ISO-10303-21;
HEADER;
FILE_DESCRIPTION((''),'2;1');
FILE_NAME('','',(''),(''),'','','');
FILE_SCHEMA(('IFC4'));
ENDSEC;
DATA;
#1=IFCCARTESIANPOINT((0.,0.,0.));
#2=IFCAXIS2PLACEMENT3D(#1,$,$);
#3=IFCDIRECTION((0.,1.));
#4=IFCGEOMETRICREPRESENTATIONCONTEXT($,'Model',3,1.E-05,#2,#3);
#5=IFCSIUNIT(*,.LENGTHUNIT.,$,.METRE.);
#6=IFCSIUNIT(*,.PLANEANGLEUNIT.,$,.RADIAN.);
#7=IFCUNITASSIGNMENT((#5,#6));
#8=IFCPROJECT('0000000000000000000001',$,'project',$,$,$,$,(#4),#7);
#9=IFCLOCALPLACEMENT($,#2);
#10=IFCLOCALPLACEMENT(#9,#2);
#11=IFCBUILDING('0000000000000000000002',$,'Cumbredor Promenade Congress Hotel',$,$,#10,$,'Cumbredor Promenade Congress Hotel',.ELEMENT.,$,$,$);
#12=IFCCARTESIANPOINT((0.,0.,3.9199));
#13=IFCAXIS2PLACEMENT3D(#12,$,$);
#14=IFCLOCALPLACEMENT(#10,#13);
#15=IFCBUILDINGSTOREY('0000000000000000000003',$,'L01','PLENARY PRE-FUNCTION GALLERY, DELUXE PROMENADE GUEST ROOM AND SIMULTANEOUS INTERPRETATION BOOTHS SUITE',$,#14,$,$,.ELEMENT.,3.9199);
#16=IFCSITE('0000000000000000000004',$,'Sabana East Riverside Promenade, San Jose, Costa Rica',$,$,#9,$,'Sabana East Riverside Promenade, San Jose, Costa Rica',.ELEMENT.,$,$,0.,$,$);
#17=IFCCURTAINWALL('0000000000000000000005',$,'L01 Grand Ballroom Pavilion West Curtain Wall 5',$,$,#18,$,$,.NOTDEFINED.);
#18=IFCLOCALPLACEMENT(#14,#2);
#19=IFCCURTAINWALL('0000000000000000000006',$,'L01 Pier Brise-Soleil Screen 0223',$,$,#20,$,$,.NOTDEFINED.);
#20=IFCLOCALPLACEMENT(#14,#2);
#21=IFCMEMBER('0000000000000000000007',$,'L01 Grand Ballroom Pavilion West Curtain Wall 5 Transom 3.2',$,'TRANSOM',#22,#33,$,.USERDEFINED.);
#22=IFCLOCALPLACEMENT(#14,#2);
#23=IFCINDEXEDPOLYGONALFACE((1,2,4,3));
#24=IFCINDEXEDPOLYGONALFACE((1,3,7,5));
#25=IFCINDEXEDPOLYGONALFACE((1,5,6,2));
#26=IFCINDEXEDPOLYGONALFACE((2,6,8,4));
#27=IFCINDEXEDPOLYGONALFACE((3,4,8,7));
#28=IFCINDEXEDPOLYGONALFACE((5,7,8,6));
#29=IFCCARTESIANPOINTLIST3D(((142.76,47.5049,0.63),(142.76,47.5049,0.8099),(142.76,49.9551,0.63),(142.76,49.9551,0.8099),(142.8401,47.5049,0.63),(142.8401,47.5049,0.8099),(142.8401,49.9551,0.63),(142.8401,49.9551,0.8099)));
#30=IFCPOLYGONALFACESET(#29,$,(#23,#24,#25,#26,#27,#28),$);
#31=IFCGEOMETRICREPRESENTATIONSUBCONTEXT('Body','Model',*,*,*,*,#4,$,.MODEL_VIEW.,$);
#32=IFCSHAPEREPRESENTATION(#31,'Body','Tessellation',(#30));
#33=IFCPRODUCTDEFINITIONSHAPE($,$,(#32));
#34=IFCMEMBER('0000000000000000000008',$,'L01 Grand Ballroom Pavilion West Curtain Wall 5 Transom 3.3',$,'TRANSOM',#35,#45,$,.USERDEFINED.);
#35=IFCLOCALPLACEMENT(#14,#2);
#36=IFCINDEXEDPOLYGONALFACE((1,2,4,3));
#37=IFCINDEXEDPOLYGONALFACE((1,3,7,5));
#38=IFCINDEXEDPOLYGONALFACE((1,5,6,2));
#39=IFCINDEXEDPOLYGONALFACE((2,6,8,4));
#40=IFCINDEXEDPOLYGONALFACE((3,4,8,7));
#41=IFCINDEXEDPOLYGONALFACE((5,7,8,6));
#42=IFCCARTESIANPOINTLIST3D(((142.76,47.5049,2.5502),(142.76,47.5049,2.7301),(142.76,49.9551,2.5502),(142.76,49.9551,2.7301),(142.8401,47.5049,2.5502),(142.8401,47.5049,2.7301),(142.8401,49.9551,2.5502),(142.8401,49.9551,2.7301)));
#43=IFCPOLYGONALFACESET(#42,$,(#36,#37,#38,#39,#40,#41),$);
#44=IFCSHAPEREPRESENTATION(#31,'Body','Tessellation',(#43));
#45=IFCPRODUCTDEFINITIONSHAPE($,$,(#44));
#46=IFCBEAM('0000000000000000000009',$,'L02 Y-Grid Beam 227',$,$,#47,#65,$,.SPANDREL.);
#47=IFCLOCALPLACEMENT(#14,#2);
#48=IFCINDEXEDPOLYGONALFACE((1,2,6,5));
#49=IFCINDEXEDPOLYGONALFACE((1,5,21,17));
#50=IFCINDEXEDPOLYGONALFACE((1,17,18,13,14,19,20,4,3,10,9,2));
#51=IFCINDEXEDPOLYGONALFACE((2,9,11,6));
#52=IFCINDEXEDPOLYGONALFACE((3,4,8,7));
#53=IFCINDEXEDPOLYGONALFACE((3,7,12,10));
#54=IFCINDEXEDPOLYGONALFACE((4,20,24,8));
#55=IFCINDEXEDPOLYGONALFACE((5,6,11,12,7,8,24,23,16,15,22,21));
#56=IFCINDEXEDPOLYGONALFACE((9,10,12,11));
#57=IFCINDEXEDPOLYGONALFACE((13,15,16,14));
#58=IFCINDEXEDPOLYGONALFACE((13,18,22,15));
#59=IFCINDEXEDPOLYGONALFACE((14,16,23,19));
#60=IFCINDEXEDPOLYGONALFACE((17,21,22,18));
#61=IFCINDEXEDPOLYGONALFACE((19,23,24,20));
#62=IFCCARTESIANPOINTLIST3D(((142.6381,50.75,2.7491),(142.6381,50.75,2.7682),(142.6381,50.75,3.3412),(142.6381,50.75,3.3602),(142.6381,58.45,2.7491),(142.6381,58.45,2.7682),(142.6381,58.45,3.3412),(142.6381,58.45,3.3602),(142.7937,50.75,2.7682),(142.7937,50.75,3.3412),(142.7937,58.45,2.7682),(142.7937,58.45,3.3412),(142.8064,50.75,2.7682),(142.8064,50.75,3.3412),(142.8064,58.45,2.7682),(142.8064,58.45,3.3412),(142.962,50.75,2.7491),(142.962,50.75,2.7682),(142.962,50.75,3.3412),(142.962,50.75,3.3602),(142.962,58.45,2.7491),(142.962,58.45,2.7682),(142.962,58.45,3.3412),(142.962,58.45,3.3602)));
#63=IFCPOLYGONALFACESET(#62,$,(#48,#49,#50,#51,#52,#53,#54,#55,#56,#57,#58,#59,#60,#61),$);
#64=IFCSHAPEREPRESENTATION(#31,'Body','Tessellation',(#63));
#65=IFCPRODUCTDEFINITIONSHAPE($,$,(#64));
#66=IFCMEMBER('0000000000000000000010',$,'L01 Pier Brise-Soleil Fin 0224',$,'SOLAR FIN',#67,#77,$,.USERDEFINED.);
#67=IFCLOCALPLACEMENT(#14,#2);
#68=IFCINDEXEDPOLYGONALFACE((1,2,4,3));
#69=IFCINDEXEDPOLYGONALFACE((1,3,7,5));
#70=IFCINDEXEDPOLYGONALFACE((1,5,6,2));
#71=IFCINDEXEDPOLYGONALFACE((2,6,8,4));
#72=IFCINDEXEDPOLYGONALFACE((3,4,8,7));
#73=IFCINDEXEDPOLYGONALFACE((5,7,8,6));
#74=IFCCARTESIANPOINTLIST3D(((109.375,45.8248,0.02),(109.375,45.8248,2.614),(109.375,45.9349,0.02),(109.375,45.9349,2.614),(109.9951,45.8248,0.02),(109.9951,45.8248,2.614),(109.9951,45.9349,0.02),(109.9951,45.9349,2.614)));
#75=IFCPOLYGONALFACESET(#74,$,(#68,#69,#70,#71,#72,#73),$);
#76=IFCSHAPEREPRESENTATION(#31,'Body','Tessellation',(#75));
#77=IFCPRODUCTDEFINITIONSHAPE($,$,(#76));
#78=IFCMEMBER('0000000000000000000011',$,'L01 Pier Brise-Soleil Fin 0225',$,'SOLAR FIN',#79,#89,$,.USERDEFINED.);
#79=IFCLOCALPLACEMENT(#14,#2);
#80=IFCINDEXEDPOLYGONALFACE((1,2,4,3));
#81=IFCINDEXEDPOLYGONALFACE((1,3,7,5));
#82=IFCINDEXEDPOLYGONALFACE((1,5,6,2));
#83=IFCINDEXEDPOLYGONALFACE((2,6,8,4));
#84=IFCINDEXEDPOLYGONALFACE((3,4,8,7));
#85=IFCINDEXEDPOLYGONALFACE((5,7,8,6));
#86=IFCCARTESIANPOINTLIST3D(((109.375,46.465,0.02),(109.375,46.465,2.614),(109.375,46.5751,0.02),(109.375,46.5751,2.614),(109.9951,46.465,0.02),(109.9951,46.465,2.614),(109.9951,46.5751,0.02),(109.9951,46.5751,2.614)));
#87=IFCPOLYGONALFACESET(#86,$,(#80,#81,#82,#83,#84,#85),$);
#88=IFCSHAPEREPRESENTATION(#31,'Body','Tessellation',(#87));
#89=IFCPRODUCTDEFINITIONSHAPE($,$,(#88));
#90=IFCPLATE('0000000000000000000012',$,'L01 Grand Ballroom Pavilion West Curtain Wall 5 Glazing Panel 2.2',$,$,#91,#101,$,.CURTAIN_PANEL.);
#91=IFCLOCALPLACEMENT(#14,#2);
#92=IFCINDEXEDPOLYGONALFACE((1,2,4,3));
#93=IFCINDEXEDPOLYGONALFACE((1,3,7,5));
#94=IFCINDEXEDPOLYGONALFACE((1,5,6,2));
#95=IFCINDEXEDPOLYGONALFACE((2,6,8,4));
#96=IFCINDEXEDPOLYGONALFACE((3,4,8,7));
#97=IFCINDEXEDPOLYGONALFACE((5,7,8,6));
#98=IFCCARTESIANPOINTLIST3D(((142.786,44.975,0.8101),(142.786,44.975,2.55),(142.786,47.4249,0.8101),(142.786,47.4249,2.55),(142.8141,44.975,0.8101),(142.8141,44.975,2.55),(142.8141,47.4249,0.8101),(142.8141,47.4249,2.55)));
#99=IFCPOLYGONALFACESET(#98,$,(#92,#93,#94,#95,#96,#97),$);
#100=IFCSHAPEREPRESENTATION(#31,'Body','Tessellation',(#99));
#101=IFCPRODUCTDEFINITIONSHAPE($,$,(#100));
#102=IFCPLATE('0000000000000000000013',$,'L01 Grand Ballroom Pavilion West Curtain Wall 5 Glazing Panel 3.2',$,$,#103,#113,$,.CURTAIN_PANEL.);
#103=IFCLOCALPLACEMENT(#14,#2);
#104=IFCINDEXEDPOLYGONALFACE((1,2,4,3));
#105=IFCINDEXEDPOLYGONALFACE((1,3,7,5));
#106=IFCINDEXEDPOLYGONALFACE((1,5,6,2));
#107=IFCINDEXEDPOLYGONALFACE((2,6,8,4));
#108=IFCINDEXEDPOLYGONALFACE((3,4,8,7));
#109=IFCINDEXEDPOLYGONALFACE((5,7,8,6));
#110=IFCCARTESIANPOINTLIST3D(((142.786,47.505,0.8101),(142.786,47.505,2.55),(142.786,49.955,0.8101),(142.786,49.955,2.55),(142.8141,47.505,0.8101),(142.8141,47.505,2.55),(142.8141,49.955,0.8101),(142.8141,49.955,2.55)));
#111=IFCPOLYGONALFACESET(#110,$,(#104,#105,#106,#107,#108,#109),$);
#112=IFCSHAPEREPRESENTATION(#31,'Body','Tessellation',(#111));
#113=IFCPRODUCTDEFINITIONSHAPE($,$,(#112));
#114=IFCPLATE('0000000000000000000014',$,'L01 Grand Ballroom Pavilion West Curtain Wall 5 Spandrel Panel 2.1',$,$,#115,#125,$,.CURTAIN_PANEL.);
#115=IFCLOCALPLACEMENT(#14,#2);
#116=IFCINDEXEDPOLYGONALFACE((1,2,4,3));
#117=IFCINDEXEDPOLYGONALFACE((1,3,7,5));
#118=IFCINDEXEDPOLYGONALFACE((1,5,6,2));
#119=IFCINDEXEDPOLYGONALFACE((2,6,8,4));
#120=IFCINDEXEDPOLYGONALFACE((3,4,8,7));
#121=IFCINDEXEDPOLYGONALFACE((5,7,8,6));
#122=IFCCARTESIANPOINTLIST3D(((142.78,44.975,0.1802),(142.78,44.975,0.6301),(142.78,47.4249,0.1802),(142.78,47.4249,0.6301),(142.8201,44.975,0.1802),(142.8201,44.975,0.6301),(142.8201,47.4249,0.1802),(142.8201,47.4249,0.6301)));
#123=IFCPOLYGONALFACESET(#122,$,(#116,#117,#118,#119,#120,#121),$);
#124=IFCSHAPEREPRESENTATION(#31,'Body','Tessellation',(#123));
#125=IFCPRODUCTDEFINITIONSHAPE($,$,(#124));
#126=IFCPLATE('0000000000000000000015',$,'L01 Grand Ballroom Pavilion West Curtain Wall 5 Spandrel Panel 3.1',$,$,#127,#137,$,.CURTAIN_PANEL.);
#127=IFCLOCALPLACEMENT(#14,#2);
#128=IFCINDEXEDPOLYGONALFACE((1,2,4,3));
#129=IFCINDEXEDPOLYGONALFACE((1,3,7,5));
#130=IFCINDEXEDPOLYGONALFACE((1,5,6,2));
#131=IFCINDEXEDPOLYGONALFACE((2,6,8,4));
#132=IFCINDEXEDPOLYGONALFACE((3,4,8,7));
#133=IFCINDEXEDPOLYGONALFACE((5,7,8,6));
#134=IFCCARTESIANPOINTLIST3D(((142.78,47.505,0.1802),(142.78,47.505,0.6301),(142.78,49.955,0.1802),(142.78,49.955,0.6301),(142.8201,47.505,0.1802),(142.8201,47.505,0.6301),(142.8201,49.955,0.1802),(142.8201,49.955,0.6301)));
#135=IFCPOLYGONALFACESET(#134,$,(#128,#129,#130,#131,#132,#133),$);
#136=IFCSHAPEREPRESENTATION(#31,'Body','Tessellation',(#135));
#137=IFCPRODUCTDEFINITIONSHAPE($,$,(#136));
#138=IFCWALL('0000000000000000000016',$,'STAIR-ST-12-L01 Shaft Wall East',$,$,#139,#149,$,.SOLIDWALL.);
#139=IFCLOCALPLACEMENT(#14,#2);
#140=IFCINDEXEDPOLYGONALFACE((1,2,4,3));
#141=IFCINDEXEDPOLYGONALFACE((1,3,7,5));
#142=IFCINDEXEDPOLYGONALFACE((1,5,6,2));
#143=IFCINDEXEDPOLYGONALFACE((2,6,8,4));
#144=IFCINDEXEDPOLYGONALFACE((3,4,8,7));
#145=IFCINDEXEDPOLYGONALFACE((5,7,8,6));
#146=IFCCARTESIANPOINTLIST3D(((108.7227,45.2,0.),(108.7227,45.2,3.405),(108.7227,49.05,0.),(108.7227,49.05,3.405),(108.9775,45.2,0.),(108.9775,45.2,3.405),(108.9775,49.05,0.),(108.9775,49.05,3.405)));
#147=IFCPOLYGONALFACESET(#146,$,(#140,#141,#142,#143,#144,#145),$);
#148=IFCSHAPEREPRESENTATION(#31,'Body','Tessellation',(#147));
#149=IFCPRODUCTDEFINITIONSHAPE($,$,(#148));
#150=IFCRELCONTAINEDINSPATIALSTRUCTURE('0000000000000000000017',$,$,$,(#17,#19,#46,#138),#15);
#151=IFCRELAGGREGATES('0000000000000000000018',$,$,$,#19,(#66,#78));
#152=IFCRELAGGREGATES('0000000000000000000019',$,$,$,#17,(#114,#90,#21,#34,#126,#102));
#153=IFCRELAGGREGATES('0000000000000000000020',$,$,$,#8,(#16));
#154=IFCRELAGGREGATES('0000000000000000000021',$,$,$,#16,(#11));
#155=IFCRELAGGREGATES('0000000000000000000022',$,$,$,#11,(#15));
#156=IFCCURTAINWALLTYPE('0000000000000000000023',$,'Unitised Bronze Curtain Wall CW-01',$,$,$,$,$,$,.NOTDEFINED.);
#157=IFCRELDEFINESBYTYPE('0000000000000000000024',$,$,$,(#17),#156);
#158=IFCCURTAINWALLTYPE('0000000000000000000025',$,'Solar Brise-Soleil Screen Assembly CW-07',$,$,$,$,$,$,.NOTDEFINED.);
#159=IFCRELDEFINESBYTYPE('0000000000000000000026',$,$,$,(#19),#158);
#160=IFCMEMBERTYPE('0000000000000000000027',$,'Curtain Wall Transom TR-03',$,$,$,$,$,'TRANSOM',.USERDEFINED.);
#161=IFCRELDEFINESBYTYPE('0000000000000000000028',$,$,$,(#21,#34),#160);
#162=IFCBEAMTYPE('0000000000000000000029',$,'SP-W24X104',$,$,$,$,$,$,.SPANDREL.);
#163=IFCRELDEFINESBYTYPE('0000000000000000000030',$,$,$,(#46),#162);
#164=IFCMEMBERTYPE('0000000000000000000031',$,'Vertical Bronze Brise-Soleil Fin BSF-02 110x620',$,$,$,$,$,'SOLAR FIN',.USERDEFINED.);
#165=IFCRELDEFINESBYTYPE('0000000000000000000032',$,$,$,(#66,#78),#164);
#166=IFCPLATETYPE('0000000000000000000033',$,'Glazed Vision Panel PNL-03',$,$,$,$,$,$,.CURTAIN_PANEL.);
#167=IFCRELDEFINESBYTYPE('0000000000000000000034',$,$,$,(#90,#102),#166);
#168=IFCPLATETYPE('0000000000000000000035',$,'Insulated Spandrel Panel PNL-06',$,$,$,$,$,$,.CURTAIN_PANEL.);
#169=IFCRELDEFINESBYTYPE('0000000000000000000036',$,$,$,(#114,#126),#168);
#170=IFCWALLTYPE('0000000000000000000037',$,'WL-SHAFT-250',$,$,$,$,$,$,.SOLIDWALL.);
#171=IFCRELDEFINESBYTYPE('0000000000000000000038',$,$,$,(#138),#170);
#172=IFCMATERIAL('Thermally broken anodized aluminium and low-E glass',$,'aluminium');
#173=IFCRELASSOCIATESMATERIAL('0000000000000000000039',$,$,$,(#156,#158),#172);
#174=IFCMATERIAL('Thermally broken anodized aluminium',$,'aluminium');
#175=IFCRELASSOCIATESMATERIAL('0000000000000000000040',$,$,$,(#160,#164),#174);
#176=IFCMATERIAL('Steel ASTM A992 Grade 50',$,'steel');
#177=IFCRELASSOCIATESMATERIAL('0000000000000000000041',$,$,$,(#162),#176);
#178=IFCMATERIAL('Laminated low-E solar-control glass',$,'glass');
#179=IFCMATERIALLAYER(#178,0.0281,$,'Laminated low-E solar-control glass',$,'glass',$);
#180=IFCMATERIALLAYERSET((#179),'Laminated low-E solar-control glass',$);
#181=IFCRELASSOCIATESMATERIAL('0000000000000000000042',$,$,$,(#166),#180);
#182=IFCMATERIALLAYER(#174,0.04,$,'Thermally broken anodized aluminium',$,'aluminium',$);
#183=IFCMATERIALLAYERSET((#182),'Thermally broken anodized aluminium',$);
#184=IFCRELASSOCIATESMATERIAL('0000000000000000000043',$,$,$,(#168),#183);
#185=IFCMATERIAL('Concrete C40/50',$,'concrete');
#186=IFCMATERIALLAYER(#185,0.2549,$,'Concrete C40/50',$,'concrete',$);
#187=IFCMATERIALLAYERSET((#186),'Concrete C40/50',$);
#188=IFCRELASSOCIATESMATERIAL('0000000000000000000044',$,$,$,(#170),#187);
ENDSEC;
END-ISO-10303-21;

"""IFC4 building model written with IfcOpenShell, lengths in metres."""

from ifc_helpers import new_model, si_unit, direction, frame, frame_2d, origin, origin_2d, place, context, subcontext, project, spatial, rectangle, i_section, extrude, material, layer, layer_set, material_profile, profile_set, type_object, element, aggregate, save


model = new_model("IFC4")

# Units and contexts
model_context = context("Model", 3, precision=1e-05, world=origin(), true_north=direction((0.0, 1.0)))
body_context = subcontext(model_context, "Body", "Model", "MODEL_VIEW")
ifc_project = project(units=[si_unit("LENGTHUNIT", "METRE"), si_unit("PLANEANGLEUNIT", "RADIAN")], contexts=[model_context])

# Site, building, storey
site_placement = place(None, origin())
site = spatial("IfcSite", under=ifc_project, at=site_placement, Name="Sabana East Riverside Promenade, San Jose, Costa Rica", LongName="Sabana East Riverside Promenade, San Jose, Costa Rica", CompositionType="ELEMENT", RefElevation=0.0)
building_placement = place(site_placement, origin())
building = spatial("IfcBuilding", under=site, at=building_placement, Name="Cumbredor Promenade Congress Hotel", LongName="Cumbredor Promenade Congress Hotel", CompositionType="ELEMENT")
storey_placement = place(building_placement, frame((0.0, 0.0, 3.9199)))
storey = spatial("IfcBuildingStorey", under=building, at=storey_placement, Name="L01", Description="PLENARY PRE-FUNCTION GALLERY, DELUXE PROMENADE GUEST ROOM AND SIMULTANEOUS INTERPRETATION BOOTHS SUITE", CompositionType="ELEMENT", Elevation=3.9199)

# Shared definitions
ifc_material_1 = material(Name="Concrete C40/50", Category="concrete")

# Shared definitions
ifc_material_2 = material(Name="Thermally broken anodized aluminium and low-E glass", Category="aluminium")
curtain_wall_type_1 = type_object("IfcCurtainWallType", Name="Unitised Bronze Curtain Wall CW-01", PredefinedType="NOTDEFINED", material=ifc_material_2)
ifc_material_3 = material(Name="Thermally broken anodized aluminium", Category="aluminium")

# Curtain wall
curtain_wall_1_placement = place(storey_placement, origin())
curtain_wall_1 = element("IfcCurtainWall", 1, at=curtain_wall_1_placement, inside=storey, type_object=curtain_wall_type_1, Name="L01 Grand Ballroom Pavilion West Curtain Wall 5", PredefinedType="NOTDEFINED")

# Curtain wall
curtain_wall_type_2 = type_object("IfcCurtainWallType", Name="Solar Brise-Soleil Screen Assembly CW-07", PredefinedType="NOTDEFINED", material=ifc_material_2)
curtain_wall_2_placement = place(storey_placement, origin())
curtain_wall_2 = element("IfcCurtainWall", 2, at=curtain_wall_2_placement, inside=storey, type_object=curtain_wall_type_2, Name="L01 Pier Brise-Soleil Screen 0223", PredefinedType="NOTDEFINED")

# Members
ifc_material_profile_1 = material_profile(ifc_material_3, rectangle(XDim=0.0801, YDim=0.1799, at=origin_2d()), Name="ALU TRANSOM 80x180")
ifc_profile_set_1 = profile_set([ifc_material_profile_1], Name="Thermally broken anodized aluminium")
member_type_1 = type_object("IfcMemberType", Name="Curtain Wall Transom TR-03", ElementType="TRANSOM", PredefinedType="USERDEFINED", material=ifc_profile_set_1)
member_1_placement = place(storey_placement, frame((142.8, 47.5049, 0.72), z_axis=(0.0, 1.0, 0.0), x_axis=(-1.0, 0.0, 0.0)))
member_1 = element("IfcMember", 3, at=member_1_placement, type_object=member_type_1, Name="L01 Grand Ballroom Pavilion West Curtain Wall 5 Transom 3.2", ObjectType="TRANSOM", PredefinedType="USERDEFINED", context=body_context, shape_type="SweptSolid", body=[
    extrude(rectangle(XDim=0.0801, YDim=0.1799, at=origin_2d()), origin(), (0.0, 0.0, 1.0), 2.4502),
])
member_2_placement = place(storey_placement, frame((142.8, 47.5049, 2.6401), z_axis=(0.0, 1.0, 0.0), x_axis=(-1.0, 0.0, 0.0)))
member_2 = element("IfcMember", 4, at=member_2_placement, type_object=member_type_1, Name="L01 Grand Ballroom Pavilion West Curtain Wall 5 Transom 3.3", ObjectType="TRANSOM", PredefinedType="USERDEFINED", context=body_context, shape_type="SweptSolid", body=[
    extrude(rectangle(XDim=0.0801, YDim=0.1799, at=origin_2d()), origin(), (0.0, 0.0, 1.0), 2.4502),
])

# Beam
ifc_material_4 = material(Name="Steel ASTM A992 Grade 50", Category="steel")
ifc_material_profile_2 = material_profile(ifc_material_4, i_section(OverallWidth=0.324, OverallDepth=0.6111, WebThickness=0.0127, FlangeThickness=0.019, at=origin_2d()), Name="W24X104")
ifc_profile_set_2 = profile_set([ifc_material_profile_2], Name="Steel ASTM A992 Grade 50")
beam_type = type_object("IfcBeamType", Name="SP-W24X104", PredefinedType="SPANDREL", material=ifc_profile_set_2)
beam_placement = place(storey_placement, frame((142.8, 50.75, 3.0547), z_axis=(0.0, 1.0, 0.0), x_axis=(-1.0, 0.0, 0.0)))
element("IfcBeam", 5, at=beam_placement, inside=storey, type_object=beam_type, Name="L02 Y-Grid Beam 227", PredefinedType="SPANDREL", context=body_context, shape_type="SweptSolid", body=[
    extrude(i_section(OverallWidth=0.324, OverallDepth=0.6111, WebThickness=0.0127, FlangeThickness=0.019, at=origin_2d()), origin(), (0.0, 0.0, 1.0), 7.7),
])

# Members
ifc_material_profile_3 = material_profile(ifc_material_3, rectangle(XDim=0.1101, YDim=0.6201, at=origin_2d()), Name="ARCH FIN 110x620")
ifc_profile_set_3 = profile_set([ifc_material_profile_3], Name="Thermally broken anodized aluminium")
member_type_2 = type_object("IfcMemberType", Name="Vertical Bronze Brise-Soleil Fin BSF-02 110x620", ElementType="SOLAR FIN", PredefinedType="USERDEFINED", material=ifc_profile_set_3)
member_3_placement = place(storey_placement, frame((109.6851, 45.8799, 0.02), z_axis=(0.0, 0.0, 1.0), x_axis=(0.0, 1.0, 0.0)))
member_3 = element("IfcMember", 6, at=member_3_placement, type_object=member_type_2, Name="L01 Pier Brise-Soleil Fin 0224", ObjectType="SOLAR FIN", PredefinedType="USERDEFINED", context=body_context, shape_type="SweptSolid", body=[
    extrude(rectangle(XDim=0.1101, YDim=0.6201, at=origin_2d()), origin(), (0.0, 0.0, 1.0), 2.594),
])
member_4_placement = place(storey_placement, frame((109.6851, 46.52, 0.02), z_axis=(0.0, 0.0, 1.0), x_axis=(0.0, 1.0, 0.0)))
member_4 = element("IfcMember", 7, at=member_4_placement, type_object=member_type_2, Name="L01 Pier Brise-Soleil Fin 0225", ObjectType="SOLAR FIN", PredefinedType="USERDEFINED", context=body_context, shape_type="SweptSolid", body=[
    extrude(rectangle(XDim=0.1101, YDim=0.6201, at=origin_2d()), origin(), (0.0, 0.0, 1.0), 2.594),
])
aggregate(curtain_wall_2, [member_3, member_4])

# Plates
ifc_material_5 = material(Name="Laminated low-E solar-control glass", Category="glass")
ifc_layer_1 = layer(ifc_material_5, 0.0281, Name="Laminated low-E solar-control glass", Category="glass")
ifc_layer_set_1 = layer_set([ifc_layer_1], Name="Laminated low-E solar-control glass")
plate_type_1 = type_object("IfcPlateType", Name="Glazed Vision Panel PNL-03", PredefinedType="CURTAIN_PANEL", material=ifc_layer_set_1)
plate_1_placement = place(storey_placement, frame((142.8, 46.2, 0.8101), z_axis=(0.0, 0.0, 1.0), x_axis=(0.0, 1.0, 0.0)))
plate_1 = element("IfcPlate", 8, at=plate_1_placement, type_object=plate_type_1, Name="L01 Grand Ballroom Pavilion West Curtain Wall 5 Glazing Panel 2.2", PredefinedType="CURTAIN_PANEL", context=body_context, shape_type="SweptSolid", body=[
    extrude(rectangle(XDim=2.45, YDim=0.0281, at=origin_2d()), origin(), (0.0, 0.0, 1.0), 1.74),
])
plate_2_placement = place(storey_placement, frame((142.8, 48.73, 0.8101), z_axis=(0.0, 0.0, 1.0), x_axis=(0.0, 1.0, 0.0)))
plate_2 = element("IfcPlate", 9, at=plate_2_placement, type_object=plate_type_1, Name="L01 Grand Ballroom Pavilion West Curtain Wall 5 Glazing Panel 3.2", PredefinedType="CURTAIN_PANEL", context=body_context, shape_type="SweptSolid", body=[
    extrude(rectangle(XDim=2.45, YDim=0.0281, at=origin_2d()), origin(), (0.0, 0.0, 1.0), 1.74),
])
ifc_layer_2 = layer(ifc_material_3, 0.04, Name="Thermally broken anodized aluminium", Category="aluminium")
ifc_layer_set_2 = layer_set([ifc_layer_2], Name="Thermally broken anodized aluminium")
plate_type_2 = type_object("IfcPlateType", Name="Insulated Spandrel Panel PNL-06", PredefinedType="CURTAIN_PANEL", material=ifc_layer_set_2)
plate_3_placement = place(storey_placement, frame((142.8, 46.2, 0.1802), z_axis=(0.0, 0.0, 1.0), x_axis=(0.0, 1.0, 0.0)))
plate_3 = element("IfcPlate", 10, at=plate_3_placement, type_object=plate_type_2, Name="L01 Grand Ballroom Pavilion West Curtain Wall 5 Spandrel Panel 2.1", PredefinedType="CURTAIN_PANEL", context=body_context, shape_type="SweptSolid", body=[
    extrude(rectangle(XDim=2.45, YDim=0.04, at=origin_2d()), origin(), (0.0, 0.0, 1.0), 0.45),
])
plate_4_placement = place(storey_placement, frame((142.8, 48.73, 0.1802), z_axis=(0.0, 0.0, 1.0), x_axis=(0.0, 1.0, 0.0)))
plate_4 = element("IfcPlate", 11, at=plate_4_placement, type_object=plate_type_2, Name="L01 Grand Ballroom Pavilion West Curtain Wall 5 Spandrel Panel 3.1", PredefinedType="CURTAIN_PANEL", context=body_context, shape_type="SweptSolid", body=[
    extrude(rectangle(XDim=2.45, YDim=0.04, at=origin_2d()), origin(), (0.0, 0.0, 1.0), 0.45),
])
aggregate(curtain_wall_1, [plate_3, plate_1, member_1, member_2, plate_4, plate_2])

# Wall
ifc_layer_3 = layer(ifc_material_1, 0.2549, Name="Concrete C40/50", Category="concrete")
ifc_layer_set_3 = layer_set([ifc_layer_3], Name="Concrete C40/50")
wall_type = type_object("IfcWallType", Name="WL-SHAFT-250", PredefinedType="SOLIDWALL", material=ifc_layer_set_3)
wall_placement = place(storey_placement, frame((108.8501, 45.2, 0.0), z_axis=(0.0, 0.0, 1.0), x_axis=(0.0, 1.0, 0.0)))
element("IfcWall", 12, at=wall_placement, inside=storey, type_object=wall_type, Name="STAIR-ST-12-L01 Shaft Wall East", PredefinedType="SOLIDWALL", context=body_context, shape_type="SweptSolid", body=[
    extrude(rectangle(XDim=3.8501, YDim=0.2549, at=frame_2d((1.925, 0.0))), origin(), (0.0, 0.0, 1.0), 3.405),
])

save(model, "model.ifc")
